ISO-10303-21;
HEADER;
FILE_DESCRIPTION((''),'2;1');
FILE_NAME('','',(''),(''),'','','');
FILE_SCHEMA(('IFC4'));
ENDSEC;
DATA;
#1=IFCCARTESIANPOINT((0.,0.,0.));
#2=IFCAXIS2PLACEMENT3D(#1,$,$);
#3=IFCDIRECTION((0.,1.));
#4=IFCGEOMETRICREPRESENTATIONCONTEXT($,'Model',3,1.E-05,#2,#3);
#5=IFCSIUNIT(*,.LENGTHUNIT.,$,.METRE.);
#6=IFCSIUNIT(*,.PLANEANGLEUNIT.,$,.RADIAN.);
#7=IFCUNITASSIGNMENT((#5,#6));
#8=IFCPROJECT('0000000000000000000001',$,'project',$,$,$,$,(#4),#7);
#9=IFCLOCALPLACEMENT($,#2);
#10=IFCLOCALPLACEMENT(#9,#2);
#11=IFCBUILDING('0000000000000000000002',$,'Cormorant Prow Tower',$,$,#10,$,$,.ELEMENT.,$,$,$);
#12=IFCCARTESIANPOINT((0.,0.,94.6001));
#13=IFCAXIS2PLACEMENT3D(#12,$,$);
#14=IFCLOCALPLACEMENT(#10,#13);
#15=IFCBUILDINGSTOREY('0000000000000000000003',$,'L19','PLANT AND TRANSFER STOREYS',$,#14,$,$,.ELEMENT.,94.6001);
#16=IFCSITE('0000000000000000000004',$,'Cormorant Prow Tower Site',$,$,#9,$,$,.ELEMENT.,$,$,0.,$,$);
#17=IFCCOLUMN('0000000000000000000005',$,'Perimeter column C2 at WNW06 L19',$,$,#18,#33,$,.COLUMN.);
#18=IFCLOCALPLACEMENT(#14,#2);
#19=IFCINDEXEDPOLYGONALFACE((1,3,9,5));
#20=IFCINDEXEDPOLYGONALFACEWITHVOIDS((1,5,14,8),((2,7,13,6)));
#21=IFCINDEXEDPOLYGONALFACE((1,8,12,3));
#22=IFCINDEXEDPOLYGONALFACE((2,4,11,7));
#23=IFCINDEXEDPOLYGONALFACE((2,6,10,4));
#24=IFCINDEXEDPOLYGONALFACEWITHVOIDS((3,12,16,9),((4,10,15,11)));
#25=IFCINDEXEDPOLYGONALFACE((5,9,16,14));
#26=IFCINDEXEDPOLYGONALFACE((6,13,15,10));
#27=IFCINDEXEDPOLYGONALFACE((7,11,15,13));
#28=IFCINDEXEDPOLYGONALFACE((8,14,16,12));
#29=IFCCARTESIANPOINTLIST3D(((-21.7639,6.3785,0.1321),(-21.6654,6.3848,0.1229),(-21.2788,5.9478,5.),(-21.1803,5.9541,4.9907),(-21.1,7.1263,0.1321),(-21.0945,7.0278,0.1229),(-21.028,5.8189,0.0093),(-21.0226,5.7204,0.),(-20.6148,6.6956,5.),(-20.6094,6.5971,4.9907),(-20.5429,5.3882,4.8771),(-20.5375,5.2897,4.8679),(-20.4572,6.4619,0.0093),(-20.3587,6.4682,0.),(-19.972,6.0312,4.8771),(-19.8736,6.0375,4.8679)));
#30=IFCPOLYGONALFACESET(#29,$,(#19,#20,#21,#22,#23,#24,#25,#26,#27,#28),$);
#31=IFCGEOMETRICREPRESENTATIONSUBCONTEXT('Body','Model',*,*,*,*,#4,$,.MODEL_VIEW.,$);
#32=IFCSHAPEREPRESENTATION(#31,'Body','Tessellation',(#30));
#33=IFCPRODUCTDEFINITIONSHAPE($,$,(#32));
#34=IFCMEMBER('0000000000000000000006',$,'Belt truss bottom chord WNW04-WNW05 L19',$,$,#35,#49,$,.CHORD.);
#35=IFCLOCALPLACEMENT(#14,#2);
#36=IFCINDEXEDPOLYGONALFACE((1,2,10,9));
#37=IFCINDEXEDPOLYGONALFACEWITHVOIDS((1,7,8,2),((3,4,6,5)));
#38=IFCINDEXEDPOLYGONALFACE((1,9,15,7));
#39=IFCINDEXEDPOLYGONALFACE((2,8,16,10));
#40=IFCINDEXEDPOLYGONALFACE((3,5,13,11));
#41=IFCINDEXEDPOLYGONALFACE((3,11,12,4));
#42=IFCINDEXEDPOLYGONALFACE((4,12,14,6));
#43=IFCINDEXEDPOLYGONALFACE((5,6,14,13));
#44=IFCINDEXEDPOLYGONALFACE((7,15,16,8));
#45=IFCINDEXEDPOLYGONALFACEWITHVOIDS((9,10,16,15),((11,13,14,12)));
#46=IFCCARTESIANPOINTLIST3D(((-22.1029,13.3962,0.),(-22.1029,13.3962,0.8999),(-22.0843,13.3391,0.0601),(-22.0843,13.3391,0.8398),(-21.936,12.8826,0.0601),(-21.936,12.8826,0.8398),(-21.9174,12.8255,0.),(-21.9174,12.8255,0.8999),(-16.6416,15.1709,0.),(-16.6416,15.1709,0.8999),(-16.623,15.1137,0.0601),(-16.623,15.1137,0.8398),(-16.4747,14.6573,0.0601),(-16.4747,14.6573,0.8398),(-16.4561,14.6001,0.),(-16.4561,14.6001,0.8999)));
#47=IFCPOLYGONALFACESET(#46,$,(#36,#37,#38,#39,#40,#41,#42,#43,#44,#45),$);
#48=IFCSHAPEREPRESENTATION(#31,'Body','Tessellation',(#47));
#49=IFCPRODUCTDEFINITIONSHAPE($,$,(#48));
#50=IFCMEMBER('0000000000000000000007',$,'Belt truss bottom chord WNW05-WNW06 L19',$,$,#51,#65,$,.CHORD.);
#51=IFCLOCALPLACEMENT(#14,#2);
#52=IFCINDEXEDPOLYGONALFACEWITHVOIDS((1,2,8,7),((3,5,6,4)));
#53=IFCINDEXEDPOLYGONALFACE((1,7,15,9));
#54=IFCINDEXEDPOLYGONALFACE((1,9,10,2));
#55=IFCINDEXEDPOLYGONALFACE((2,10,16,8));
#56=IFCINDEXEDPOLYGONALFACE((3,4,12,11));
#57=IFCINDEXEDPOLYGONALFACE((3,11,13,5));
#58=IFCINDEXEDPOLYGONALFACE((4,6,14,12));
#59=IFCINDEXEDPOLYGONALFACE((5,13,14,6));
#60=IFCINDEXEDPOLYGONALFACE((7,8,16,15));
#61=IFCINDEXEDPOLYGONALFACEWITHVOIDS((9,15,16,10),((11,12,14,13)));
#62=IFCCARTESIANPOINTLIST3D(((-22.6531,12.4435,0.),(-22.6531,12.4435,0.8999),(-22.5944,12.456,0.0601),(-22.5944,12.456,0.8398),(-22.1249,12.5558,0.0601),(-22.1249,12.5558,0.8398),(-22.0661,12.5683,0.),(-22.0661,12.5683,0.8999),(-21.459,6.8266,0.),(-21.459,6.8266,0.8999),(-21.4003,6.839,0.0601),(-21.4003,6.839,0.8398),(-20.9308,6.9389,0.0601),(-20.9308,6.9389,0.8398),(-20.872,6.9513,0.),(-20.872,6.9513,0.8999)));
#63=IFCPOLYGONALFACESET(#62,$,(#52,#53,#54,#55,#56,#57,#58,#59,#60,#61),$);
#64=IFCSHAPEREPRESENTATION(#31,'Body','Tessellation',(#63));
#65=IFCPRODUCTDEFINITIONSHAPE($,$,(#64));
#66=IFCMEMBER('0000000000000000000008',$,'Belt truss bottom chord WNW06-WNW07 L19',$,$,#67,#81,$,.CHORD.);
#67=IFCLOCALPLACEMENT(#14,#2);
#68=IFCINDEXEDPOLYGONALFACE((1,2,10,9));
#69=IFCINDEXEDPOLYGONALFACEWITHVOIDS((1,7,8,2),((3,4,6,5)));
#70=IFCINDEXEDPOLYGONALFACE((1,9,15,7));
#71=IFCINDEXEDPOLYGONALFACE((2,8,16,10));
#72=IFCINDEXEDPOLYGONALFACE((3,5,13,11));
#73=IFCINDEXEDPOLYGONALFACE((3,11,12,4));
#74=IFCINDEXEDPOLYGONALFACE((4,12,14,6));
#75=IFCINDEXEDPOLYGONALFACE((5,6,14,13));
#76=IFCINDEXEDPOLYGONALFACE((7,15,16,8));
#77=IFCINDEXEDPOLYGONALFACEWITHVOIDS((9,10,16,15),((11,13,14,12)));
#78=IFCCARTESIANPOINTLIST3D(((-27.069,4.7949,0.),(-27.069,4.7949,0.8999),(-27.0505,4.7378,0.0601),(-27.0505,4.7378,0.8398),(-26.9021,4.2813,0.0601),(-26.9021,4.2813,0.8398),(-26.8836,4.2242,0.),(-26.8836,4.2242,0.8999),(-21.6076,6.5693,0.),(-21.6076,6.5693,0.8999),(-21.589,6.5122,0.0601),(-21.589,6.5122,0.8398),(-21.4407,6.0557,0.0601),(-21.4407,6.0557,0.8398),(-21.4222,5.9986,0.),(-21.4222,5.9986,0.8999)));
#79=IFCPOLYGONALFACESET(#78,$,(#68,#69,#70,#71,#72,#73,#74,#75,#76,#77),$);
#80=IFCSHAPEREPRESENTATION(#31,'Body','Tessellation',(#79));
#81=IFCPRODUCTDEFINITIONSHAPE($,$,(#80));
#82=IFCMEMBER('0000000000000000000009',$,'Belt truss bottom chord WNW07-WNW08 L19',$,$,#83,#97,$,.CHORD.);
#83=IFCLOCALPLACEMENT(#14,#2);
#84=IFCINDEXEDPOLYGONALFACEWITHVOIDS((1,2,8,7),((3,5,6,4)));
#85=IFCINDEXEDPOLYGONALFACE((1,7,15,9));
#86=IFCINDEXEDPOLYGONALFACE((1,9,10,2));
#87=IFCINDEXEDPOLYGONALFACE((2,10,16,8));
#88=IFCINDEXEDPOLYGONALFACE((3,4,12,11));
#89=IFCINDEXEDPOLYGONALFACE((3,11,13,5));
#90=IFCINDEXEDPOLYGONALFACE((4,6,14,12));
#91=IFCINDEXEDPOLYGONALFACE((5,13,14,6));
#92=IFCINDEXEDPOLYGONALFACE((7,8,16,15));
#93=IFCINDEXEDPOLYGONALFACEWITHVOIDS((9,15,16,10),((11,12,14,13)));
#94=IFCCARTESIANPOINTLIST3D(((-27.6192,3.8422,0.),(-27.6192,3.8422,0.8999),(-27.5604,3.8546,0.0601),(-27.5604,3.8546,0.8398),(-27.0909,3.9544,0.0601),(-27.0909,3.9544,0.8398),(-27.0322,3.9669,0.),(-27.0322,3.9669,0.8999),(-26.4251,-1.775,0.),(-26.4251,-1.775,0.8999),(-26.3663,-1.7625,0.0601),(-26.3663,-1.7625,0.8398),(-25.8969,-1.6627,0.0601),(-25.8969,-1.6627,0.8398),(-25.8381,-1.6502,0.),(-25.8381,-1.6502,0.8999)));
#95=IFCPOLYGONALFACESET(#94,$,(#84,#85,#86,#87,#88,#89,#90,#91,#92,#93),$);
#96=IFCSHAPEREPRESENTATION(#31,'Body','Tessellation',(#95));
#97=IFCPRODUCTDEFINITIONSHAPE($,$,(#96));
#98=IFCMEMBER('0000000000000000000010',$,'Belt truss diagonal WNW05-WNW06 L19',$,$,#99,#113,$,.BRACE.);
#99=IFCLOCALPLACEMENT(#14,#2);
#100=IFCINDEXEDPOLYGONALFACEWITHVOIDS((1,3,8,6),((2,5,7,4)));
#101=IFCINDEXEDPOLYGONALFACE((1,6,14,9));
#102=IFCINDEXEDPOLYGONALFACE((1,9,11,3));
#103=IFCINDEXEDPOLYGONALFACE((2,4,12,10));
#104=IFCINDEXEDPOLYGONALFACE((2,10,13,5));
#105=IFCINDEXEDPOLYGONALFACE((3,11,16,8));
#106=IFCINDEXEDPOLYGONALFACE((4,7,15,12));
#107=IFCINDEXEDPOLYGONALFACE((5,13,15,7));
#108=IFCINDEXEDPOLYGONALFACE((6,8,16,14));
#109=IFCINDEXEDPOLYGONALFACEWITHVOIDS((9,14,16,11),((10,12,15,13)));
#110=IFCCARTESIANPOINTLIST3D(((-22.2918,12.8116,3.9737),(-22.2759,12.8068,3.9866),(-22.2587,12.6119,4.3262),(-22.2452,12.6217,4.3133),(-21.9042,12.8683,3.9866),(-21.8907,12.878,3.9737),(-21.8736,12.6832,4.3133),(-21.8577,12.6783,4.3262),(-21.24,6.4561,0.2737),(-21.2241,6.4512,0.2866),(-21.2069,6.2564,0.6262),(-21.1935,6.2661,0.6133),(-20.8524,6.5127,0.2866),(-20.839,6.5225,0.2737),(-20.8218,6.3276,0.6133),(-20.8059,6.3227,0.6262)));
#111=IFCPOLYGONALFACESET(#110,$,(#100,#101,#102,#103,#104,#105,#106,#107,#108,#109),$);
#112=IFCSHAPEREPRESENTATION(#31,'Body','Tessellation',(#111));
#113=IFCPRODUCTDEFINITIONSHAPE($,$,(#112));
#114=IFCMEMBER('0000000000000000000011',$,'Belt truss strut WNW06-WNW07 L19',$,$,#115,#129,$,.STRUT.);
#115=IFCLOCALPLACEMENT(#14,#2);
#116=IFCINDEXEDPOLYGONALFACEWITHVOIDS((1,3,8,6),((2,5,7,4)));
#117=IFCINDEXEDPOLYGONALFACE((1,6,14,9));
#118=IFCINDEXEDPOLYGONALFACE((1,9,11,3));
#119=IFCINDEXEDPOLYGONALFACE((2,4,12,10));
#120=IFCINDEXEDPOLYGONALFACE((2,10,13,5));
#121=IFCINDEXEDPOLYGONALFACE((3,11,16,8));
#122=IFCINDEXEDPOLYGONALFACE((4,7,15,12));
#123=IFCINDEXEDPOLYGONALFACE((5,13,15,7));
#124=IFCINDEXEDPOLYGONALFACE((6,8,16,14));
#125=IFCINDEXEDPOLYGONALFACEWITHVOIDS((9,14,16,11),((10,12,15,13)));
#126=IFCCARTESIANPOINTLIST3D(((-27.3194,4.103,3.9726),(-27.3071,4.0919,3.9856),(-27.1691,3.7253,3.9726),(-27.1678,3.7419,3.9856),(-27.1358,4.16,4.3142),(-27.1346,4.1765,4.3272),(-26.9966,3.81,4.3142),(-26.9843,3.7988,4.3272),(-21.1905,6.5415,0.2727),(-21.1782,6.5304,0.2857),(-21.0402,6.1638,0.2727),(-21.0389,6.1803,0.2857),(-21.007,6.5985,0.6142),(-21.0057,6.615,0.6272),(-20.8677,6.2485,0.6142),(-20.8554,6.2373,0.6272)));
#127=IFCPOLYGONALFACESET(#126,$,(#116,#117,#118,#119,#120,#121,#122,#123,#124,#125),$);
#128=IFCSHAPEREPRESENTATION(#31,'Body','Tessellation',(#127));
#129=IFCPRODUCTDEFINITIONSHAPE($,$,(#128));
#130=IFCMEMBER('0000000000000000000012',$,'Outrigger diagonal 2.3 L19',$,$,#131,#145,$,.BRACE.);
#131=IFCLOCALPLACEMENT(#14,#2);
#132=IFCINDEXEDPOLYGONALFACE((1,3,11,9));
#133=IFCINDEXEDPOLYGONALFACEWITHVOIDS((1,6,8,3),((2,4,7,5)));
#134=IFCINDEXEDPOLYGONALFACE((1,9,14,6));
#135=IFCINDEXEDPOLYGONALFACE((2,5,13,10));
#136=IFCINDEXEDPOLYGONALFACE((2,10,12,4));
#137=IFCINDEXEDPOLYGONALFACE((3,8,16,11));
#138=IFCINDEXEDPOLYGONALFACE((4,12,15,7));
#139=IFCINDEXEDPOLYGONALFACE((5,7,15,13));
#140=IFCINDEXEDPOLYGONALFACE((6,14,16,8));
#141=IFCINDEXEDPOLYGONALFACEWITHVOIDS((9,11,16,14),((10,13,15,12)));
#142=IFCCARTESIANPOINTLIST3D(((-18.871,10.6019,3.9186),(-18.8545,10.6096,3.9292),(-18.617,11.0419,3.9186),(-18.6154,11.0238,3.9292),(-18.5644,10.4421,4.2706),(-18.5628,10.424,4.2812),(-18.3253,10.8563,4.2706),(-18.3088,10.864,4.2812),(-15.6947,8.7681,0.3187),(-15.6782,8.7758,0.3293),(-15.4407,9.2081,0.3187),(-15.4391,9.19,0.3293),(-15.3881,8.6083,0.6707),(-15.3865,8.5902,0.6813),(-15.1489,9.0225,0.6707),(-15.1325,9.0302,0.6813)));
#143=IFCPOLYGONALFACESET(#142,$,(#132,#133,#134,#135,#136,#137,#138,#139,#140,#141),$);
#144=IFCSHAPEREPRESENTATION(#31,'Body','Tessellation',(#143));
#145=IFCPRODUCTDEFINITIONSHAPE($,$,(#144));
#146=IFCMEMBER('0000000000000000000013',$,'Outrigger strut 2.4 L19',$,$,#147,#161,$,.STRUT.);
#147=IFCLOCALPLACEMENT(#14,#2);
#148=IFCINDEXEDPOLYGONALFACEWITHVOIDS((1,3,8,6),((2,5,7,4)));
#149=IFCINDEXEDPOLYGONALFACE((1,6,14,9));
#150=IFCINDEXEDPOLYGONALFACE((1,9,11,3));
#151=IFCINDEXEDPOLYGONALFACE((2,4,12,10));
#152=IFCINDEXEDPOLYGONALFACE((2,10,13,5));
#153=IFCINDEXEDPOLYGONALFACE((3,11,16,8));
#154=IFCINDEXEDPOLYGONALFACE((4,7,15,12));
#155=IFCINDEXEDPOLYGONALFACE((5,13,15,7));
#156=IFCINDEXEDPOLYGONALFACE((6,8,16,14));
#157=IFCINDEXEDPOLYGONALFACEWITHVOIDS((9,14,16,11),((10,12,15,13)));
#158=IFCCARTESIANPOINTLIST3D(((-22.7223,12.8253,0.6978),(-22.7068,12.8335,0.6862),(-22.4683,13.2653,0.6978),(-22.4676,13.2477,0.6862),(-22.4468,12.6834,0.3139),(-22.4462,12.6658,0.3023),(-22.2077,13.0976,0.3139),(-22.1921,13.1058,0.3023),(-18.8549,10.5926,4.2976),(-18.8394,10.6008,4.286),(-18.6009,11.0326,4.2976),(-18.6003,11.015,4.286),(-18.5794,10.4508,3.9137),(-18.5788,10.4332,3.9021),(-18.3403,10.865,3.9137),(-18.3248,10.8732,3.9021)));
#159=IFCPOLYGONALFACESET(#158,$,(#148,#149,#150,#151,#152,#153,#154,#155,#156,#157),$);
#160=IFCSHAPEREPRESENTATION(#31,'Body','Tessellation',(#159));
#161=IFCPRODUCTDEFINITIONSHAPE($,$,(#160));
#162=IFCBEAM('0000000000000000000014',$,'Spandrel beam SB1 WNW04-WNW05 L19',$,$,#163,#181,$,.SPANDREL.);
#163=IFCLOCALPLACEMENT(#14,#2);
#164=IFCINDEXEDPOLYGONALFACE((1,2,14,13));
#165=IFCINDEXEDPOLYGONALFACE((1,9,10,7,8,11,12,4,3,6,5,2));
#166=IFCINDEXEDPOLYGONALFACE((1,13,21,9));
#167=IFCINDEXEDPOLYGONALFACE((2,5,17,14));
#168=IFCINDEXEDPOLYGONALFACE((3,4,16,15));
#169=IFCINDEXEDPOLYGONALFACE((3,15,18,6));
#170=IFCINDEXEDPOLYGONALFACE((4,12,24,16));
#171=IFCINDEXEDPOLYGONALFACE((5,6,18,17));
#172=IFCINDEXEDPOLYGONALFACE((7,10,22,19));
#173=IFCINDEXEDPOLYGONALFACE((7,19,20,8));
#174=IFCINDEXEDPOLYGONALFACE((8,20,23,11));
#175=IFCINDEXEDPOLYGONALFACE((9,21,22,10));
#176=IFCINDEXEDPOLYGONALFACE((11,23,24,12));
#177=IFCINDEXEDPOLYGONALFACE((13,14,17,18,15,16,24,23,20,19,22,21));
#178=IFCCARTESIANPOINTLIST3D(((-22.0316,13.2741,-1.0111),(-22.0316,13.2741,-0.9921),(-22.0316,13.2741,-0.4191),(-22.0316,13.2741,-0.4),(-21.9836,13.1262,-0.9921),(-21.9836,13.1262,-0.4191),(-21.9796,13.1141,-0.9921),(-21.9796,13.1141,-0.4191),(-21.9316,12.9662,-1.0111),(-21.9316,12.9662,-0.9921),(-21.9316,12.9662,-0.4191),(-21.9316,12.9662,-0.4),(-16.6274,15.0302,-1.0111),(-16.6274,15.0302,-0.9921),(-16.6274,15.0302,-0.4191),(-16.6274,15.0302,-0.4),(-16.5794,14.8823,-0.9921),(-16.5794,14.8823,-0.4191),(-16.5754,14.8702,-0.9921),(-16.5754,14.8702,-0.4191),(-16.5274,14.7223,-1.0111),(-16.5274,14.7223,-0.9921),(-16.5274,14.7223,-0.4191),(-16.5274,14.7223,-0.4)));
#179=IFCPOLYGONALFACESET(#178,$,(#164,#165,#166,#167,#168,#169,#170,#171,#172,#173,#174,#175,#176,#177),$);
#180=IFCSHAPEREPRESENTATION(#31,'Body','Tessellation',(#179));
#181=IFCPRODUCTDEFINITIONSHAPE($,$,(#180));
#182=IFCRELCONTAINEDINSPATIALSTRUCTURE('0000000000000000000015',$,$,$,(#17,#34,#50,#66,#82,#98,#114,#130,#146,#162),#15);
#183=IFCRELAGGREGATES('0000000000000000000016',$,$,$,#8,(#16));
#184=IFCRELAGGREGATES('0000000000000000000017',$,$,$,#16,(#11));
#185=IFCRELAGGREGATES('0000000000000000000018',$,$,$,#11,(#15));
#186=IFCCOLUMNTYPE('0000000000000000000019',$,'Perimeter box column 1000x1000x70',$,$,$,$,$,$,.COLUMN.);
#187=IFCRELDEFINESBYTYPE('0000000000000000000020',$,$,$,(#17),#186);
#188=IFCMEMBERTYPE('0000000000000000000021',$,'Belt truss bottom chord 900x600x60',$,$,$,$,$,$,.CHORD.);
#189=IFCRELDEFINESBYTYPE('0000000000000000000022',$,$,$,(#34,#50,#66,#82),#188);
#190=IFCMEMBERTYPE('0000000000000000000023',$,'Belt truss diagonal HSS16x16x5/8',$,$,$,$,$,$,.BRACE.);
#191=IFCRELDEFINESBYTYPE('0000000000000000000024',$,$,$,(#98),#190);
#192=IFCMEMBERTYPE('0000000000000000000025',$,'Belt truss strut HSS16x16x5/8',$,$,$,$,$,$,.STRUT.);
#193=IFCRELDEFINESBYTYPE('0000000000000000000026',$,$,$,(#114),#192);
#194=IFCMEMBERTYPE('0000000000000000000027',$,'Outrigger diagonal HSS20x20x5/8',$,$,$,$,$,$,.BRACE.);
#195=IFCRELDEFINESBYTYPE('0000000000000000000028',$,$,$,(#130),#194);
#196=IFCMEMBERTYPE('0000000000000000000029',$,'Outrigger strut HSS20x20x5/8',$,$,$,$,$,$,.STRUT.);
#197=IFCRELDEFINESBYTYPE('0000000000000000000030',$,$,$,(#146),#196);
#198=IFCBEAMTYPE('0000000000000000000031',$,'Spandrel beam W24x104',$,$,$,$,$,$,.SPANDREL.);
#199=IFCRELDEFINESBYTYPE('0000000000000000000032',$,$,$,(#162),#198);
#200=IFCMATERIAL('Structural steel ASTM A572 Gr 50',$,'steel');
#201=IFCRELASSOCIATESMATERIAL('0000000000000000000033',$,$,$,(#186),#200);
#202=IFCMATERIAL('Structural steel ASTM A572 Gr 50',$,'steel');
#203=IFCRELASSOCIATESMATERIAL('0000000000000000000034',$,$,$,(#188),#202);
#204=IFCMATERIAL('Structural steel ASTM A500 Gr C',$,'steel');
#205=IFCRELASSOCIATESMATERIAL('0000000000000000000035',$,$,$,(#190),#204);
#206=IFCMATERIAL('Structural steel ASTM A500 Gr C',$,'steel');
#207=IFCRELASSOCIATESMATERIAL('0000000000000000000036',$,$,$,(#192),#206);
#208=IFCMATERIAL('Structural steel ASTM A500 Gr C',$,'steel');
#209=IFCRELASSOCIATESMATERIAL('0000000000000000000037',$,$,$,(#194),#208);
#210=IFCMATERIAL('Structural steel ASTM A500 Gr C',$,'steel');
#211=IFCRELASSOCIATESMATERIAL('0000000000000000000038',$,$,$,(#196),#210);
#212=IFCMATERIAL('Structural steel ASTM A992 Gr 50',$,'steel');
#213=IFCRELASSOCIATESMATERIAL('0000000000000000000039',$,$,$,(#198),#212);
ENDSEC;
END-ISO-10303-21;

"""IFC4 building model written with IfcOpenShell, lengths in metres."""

from ifc_helpers import new_model, si_unit, direction, frame, origin, origin_2d, place, context, subcontext, project, spatial, hollow_rectangle, i_section, extrude, material, material_profile, profile_set, type_object, element, save


model = new_model("IFC4")

# Units and contexts
model_context = context("Model", 3, precision=1e-05, world=origin(), true_north=direction((0.0, 1.0)))
body_context = subcontext(model_context, "Body", "Model", "MODEL_VIEW")
ifc_project = project(units=[si_unit("LENGTHUNIT", "METRE"), si_unit("PLANEANGLEUNIT", "RADIAN")], contexts=[model_context])

# Site, building, storey
site_placement = place(None, origin())
site = spatial("IfcSite", under=ifc_project, at=site_placement, Name="Cormorant Prow Tower Site", CompositionType="ELEMENT", RefElevation=0.0)
building_placement = place(site_placement, origin())
building = spatial("IfcBuilding", under=site, at=building_placement, Name="Cormorant Prow Tower", CompositionType="ELEMENT")
storey_placement = place(building_placement, frame((0.0, 0.0, 94.6001)))
storey = spatial("IfcBuildingStorey", under=building, at=storey_placement, Name="L19", Description="PLANT AND TRANSFER STOREYS", CompositionType="ELEMENT", Elevation=94.6001)

# Column
ifc_material_1 = material(Name="Structural steel ASTM A572 Gr 50", Category="steel")
ifc_material_profile_1 = material_profile(ifc_material_1, hollow_rectangle(XDim=1.0, YDim=1.0, WallThickness=0.0701, at=origin_2d()), Name="Box 1000x1000x70")
ifc_profile_set_1 = profile_set([ifc_material_profile_1], Name="Structural steel ASTM A572 Gr 50")
column_type = type_object("IfcColumnType", Name="Perimeter box column 1000x1000x70", PredefinedType="COLUMN", material=ifc_profile_set_1)
column_1_placement = place(storey_placement, frame((-21.0679, 6.4292, 0.0), z_axis=(0.098785, -0.087701, 0.991237), x_axis=(0.663909, 0.747813, 0.0)))
element("IfcColumn", 1, at=column_1_placement, inside=storey, type_object=column_type, Name="Perimeter column C2 at WNW06 L19", PredefinedType="COLUMN", context=body_context, shape_type="SweptSolid", body=[
    extrude(hollow_rectangle(XDim=1.0, YDim=1.0, WallThickness=0.0701, at=origin_2d()), frame((0.0, 0.0, 0.0667)), (0.0, 0.0, 1.0), 4.9109),
])

# Members
ifc_material_2 = material(Name="Structural steel ASTM A572 Gr 50", Category="steel")
ifc_material_profile_2 = material_profile(ifc_material_2, hollow_rectangle(XDim=0.6001, YDim=0.8999, WallThickness=0.0601, at=origin_2d()), Name="Box 900x600x60")
ifc_profile_set_2 = profile_set([ifc_material_profile_2], Name="Structural steel ASTM A572 Gr 50")
member_type_1 = type_object("IfcMemberType", Name="Belt truss bottom chord 900x600x60", PredefinedType="CHORD", material=ifc_profile_set_2)
for number, where, z_axis, x_axis, name in (
    (2, (-16.5488, 14.8855, 0.45), (-0.95105, -0.309038, 0.0), (0.309038, -0.95105, 0.0), "Belt truss bottom chord WNW04-WNW05 L19"),
    (3, (-22.3596, 12.5059, 0.45), (0.207941, -0.978141, 0.0), (0.978141, 0.207941, 0.0), "Belt truss bottom chord WNW05-WNW06 L19"),
    (4, (-21.5149, 6.2839, 0.45), (-0.951062, -0.309, 0.0), (0.309, -0.951062, 0.0), "Belt truss bottom chord WNW06-WNW07 L19"),
):
    element("IfcMember", number, at=place(storey_placement, frame(where, z_axis=z_axis, x_axis=x_axis)), inside=storey, type_object=member_type_1, Name=name, PredefinedType="CHORD", context=body_context, shape_type="SweptSolid", body=[
        extrude(hollow_rectangle(XDim=0.6001, YDim=0.8999, WallThickness=0.0601, at=origin_2d()), origin(), (0.0, 0.0, 1.0), 5.7424),
    ])
member_1_placement = place(storey_placement, frame((-27.3257, 3.9045, 0.45), z_axis=(0.207932, -0.978143, 0.0), x_axis=(0.978143, 0.207932, 0.0)))
element("IfcMember", 5, at=member_1_placement, inside=storey, type_object=member_type_1, Name="Belt truss bottom chord WNW07-WNW08 L19", PredefinedType="CHORD", context=body_context, shape_type="SweptSolid", body=[
    extrude(hollow_rectangle(XDim=0.6001, YDim=0.8999, WallThickness=0.0601, at=origin_2d()), origin(), (0.0, 0.0, 1.0), 5.7427),
])
ifc_material_3 = material(Name="Structural steel ASTM A500 Gr C", Category="steel")
ifc_material_profile_3 = material_profile(ifc_material_3, hollow_rectangle(XDim=0.4065, YDim=0.4065, WallThickness=0.0149, at=origin_2d()), Name="HSS16x16x5/8")
ifc_profile_set_3 = profile_set([ifc_material_profile_3], Name="Structural steel ASTM A500 Gr C")
member_type_2 = type_object("IfcMemberType", Name="Belt truss diagonal HSS16x16x5/8", PredefinedType="BRACE", material=ifc_profile_set_3)
member_2_placement = place(storey_placement, frame((-21.0229, 6.3894, 0.45), z_axis=(-0.141577, 0.855512, 0.498052), x_axis=(-0.986582, -0.163268, 0.0)))
element("IfcMember", 6, at=member_2_placement, inside=storey, type_object=member_type_2, Name="Belt truss diagonal WNW05-WNW06 L19", PredefinedType="BRACE", context=body_context, shape_type="SweptSolid", body=[
    extrude(hollow_rectangle(XDim=0.4065, YDim=0.4065, WallThickness=0.0149, at=origin_2d()), origin(), (0.0, 0.0, 1.0), 7.429),
])
ifc_material_4 = material(Name="Structural steel ASTM A500 Gr C", Category="steel")
ifc_material_profile_4 = material_profile(ifc_material_4, hollow_rectangle(XDim=0.4065, YDim=0.4065, WallThickness=0.0149, at=origin_2d()), Name="HSS16x16x5/8")
ifc_profile_set_4 = profile_set([ifc_material_profile_4], Name="Structural steel ASTM A500 Gr C")
member_type_3 = type_object("IfcMemberType", Name="Belt truss strut HSS16x16x5/8", PredefinedType="STRUT", material=ifc_profile_set_4)
member_3_placement = place(storey_placement, frame((-21.0229, 6.3894, 0.45), z_axis=(-0.810378, -0.322421, 0.489216), x_axis=(0.36968, -0.929159, 0.0)))
element("IfcMember", 7, at=member_3_placement, inside=storey, type_object=member_type_3, Name="Belt truss strut WNW06-WNW07 L19", PredefinedType="STRUT", context=body_context, shape_type="SweptSolid", body=[
    extrude(hollow_rectangle(XDim=0.4065, YDim=0.4065, WallThickness=0.0149, at=origin_2d()), origin(), (0.0, 0.0, 1.0), 7.563),
])
ifc_material_5 = material(Name="Structural steel ASTM A500 Gr C", Category="steel")
ifc_material_profile_5 = material_profile(ifc_material_5, hollow_rectangle(XDim=0.5081, YDim=0.5081, WallThickness=0.0149, at=origin_2d()), Name="HSS20x20x5/8")
ifc_profile_set_5 = profile_set([ifc_material_profile_5], Name="Structural steel ASTM A500 Gr C")
member_type_4 = type_object("IfcMemberType", Name="Outrigger diagonal HSS20x20x5/8", PredefinedType="BRACE", material=ifc_profile_set_5)
member_4_placement = place(storey_placement, frame((-15.4136, 8.8992, 0.5), z_axis=(-0.618061, 0.356822, 0.700485), x_axis=(-0.499984, -0.866035, 0.0)))
element("IfcMember", 8, at=member_4_placement, inside=storey, type_object=member_type_4, Name="Outrigger diagonal 2.3 L19", PredefinedType="BRACE", context=body_context, shape_type="SweptSolid", body=[
    extrude(hollow_rectangle(XDim=0.5081, YDim=0.5081, WallThickness=0.0149, at=origin_2d()), origin(), (0.0, 0.0, 1.0), 5.1392),
])
ifc_material_6 = material(Name="Structural steel ASTM A500 Gr C", Category="steel")
ifc_material_profile_6 = material_profile(ifc_material_6, hollow_rectangle(XDim=0.5081, YDim=0.5081, WallThickness=0.0149, at=origin_2d()), Name="HSS20x20x5/8")
ifc_profile_set_6 = profile_set([ifc_material_profile_6], Name="Structural steel ASTM A500 Gr C")
member_type_5 = type_object("IfcMemberType", Name="Outrigger strut HSS20x20x5/8", PredefinedType="STRUT", material=ifc_profile_set_6)
member_5_placement = place(storey_placement, frame((-18.5898, 10.7329, 4.0999), z_axis=(-0.674248, 0.389243, -0.627598), x_axis=(-0.499967, -0.866044, 0.0)))
element("IfcMember", 9, at=member_5_placement, inside=storey, type_object=member_type_5, Name="Outrigger strut 2.4 L19", PredefinedType="STRUT", context=body_context, shape_type="SweptSolid", body=[
    extrude(hollow_rectangle(XDim=0.5081, YDim=0.5081, WallThickness=0.0149, at=origin_2d()), origin(), (0.0, 0.0, 1.0), 5.7358),
])

# Beam
ifc_material_7 = material(Name="Structural steel ASTM A992 Gr 50", Category="steel")
ifc_material_profile_7 = material_profile(ifc_material_7, i_section(OverallWidth=0.3237, OverallDepth=0.6111, WebThickness=0.0127, FlangeThickness=0.019, at=origin_2d()), Name="W24x104")
ifc_profile_set_7 = profile_set([ifc_material_profile_7], Name="Structural steel ASTM A992 Gr 50")
beam_type = type_object("IfcBeamType", Name="Spandrel beam W24x104", PredefinedType="SPANDREL", material=ifc_profile_set_7)
beam_1_placement = place(storey_placement, frame((-16.5774, 14.8762, -0.7056), z_axis=(-0.951049, -0.309039, 0.0), x_axis=(0.309039, -0.951049, 0.0)))
element("IfcBeam", 10, at=beam_1_placement, inside=storey, type_object=beam_type, Name="Spandrel beam SB1 WNW04-WNW05 L19", PredefinedType="SPANDREL", context=body_context, shape_type="SweptSolid", body=[
    extrude(i_section(OverallWidth=0.3237, OverallDepth=0.6111, WebThickness=0.0127, FlangeThickness=0.019, at=origin_2d()), origin(), (0.0, 0.0, 1.0), 5.6824),
])

save(model, "model.ifc")
